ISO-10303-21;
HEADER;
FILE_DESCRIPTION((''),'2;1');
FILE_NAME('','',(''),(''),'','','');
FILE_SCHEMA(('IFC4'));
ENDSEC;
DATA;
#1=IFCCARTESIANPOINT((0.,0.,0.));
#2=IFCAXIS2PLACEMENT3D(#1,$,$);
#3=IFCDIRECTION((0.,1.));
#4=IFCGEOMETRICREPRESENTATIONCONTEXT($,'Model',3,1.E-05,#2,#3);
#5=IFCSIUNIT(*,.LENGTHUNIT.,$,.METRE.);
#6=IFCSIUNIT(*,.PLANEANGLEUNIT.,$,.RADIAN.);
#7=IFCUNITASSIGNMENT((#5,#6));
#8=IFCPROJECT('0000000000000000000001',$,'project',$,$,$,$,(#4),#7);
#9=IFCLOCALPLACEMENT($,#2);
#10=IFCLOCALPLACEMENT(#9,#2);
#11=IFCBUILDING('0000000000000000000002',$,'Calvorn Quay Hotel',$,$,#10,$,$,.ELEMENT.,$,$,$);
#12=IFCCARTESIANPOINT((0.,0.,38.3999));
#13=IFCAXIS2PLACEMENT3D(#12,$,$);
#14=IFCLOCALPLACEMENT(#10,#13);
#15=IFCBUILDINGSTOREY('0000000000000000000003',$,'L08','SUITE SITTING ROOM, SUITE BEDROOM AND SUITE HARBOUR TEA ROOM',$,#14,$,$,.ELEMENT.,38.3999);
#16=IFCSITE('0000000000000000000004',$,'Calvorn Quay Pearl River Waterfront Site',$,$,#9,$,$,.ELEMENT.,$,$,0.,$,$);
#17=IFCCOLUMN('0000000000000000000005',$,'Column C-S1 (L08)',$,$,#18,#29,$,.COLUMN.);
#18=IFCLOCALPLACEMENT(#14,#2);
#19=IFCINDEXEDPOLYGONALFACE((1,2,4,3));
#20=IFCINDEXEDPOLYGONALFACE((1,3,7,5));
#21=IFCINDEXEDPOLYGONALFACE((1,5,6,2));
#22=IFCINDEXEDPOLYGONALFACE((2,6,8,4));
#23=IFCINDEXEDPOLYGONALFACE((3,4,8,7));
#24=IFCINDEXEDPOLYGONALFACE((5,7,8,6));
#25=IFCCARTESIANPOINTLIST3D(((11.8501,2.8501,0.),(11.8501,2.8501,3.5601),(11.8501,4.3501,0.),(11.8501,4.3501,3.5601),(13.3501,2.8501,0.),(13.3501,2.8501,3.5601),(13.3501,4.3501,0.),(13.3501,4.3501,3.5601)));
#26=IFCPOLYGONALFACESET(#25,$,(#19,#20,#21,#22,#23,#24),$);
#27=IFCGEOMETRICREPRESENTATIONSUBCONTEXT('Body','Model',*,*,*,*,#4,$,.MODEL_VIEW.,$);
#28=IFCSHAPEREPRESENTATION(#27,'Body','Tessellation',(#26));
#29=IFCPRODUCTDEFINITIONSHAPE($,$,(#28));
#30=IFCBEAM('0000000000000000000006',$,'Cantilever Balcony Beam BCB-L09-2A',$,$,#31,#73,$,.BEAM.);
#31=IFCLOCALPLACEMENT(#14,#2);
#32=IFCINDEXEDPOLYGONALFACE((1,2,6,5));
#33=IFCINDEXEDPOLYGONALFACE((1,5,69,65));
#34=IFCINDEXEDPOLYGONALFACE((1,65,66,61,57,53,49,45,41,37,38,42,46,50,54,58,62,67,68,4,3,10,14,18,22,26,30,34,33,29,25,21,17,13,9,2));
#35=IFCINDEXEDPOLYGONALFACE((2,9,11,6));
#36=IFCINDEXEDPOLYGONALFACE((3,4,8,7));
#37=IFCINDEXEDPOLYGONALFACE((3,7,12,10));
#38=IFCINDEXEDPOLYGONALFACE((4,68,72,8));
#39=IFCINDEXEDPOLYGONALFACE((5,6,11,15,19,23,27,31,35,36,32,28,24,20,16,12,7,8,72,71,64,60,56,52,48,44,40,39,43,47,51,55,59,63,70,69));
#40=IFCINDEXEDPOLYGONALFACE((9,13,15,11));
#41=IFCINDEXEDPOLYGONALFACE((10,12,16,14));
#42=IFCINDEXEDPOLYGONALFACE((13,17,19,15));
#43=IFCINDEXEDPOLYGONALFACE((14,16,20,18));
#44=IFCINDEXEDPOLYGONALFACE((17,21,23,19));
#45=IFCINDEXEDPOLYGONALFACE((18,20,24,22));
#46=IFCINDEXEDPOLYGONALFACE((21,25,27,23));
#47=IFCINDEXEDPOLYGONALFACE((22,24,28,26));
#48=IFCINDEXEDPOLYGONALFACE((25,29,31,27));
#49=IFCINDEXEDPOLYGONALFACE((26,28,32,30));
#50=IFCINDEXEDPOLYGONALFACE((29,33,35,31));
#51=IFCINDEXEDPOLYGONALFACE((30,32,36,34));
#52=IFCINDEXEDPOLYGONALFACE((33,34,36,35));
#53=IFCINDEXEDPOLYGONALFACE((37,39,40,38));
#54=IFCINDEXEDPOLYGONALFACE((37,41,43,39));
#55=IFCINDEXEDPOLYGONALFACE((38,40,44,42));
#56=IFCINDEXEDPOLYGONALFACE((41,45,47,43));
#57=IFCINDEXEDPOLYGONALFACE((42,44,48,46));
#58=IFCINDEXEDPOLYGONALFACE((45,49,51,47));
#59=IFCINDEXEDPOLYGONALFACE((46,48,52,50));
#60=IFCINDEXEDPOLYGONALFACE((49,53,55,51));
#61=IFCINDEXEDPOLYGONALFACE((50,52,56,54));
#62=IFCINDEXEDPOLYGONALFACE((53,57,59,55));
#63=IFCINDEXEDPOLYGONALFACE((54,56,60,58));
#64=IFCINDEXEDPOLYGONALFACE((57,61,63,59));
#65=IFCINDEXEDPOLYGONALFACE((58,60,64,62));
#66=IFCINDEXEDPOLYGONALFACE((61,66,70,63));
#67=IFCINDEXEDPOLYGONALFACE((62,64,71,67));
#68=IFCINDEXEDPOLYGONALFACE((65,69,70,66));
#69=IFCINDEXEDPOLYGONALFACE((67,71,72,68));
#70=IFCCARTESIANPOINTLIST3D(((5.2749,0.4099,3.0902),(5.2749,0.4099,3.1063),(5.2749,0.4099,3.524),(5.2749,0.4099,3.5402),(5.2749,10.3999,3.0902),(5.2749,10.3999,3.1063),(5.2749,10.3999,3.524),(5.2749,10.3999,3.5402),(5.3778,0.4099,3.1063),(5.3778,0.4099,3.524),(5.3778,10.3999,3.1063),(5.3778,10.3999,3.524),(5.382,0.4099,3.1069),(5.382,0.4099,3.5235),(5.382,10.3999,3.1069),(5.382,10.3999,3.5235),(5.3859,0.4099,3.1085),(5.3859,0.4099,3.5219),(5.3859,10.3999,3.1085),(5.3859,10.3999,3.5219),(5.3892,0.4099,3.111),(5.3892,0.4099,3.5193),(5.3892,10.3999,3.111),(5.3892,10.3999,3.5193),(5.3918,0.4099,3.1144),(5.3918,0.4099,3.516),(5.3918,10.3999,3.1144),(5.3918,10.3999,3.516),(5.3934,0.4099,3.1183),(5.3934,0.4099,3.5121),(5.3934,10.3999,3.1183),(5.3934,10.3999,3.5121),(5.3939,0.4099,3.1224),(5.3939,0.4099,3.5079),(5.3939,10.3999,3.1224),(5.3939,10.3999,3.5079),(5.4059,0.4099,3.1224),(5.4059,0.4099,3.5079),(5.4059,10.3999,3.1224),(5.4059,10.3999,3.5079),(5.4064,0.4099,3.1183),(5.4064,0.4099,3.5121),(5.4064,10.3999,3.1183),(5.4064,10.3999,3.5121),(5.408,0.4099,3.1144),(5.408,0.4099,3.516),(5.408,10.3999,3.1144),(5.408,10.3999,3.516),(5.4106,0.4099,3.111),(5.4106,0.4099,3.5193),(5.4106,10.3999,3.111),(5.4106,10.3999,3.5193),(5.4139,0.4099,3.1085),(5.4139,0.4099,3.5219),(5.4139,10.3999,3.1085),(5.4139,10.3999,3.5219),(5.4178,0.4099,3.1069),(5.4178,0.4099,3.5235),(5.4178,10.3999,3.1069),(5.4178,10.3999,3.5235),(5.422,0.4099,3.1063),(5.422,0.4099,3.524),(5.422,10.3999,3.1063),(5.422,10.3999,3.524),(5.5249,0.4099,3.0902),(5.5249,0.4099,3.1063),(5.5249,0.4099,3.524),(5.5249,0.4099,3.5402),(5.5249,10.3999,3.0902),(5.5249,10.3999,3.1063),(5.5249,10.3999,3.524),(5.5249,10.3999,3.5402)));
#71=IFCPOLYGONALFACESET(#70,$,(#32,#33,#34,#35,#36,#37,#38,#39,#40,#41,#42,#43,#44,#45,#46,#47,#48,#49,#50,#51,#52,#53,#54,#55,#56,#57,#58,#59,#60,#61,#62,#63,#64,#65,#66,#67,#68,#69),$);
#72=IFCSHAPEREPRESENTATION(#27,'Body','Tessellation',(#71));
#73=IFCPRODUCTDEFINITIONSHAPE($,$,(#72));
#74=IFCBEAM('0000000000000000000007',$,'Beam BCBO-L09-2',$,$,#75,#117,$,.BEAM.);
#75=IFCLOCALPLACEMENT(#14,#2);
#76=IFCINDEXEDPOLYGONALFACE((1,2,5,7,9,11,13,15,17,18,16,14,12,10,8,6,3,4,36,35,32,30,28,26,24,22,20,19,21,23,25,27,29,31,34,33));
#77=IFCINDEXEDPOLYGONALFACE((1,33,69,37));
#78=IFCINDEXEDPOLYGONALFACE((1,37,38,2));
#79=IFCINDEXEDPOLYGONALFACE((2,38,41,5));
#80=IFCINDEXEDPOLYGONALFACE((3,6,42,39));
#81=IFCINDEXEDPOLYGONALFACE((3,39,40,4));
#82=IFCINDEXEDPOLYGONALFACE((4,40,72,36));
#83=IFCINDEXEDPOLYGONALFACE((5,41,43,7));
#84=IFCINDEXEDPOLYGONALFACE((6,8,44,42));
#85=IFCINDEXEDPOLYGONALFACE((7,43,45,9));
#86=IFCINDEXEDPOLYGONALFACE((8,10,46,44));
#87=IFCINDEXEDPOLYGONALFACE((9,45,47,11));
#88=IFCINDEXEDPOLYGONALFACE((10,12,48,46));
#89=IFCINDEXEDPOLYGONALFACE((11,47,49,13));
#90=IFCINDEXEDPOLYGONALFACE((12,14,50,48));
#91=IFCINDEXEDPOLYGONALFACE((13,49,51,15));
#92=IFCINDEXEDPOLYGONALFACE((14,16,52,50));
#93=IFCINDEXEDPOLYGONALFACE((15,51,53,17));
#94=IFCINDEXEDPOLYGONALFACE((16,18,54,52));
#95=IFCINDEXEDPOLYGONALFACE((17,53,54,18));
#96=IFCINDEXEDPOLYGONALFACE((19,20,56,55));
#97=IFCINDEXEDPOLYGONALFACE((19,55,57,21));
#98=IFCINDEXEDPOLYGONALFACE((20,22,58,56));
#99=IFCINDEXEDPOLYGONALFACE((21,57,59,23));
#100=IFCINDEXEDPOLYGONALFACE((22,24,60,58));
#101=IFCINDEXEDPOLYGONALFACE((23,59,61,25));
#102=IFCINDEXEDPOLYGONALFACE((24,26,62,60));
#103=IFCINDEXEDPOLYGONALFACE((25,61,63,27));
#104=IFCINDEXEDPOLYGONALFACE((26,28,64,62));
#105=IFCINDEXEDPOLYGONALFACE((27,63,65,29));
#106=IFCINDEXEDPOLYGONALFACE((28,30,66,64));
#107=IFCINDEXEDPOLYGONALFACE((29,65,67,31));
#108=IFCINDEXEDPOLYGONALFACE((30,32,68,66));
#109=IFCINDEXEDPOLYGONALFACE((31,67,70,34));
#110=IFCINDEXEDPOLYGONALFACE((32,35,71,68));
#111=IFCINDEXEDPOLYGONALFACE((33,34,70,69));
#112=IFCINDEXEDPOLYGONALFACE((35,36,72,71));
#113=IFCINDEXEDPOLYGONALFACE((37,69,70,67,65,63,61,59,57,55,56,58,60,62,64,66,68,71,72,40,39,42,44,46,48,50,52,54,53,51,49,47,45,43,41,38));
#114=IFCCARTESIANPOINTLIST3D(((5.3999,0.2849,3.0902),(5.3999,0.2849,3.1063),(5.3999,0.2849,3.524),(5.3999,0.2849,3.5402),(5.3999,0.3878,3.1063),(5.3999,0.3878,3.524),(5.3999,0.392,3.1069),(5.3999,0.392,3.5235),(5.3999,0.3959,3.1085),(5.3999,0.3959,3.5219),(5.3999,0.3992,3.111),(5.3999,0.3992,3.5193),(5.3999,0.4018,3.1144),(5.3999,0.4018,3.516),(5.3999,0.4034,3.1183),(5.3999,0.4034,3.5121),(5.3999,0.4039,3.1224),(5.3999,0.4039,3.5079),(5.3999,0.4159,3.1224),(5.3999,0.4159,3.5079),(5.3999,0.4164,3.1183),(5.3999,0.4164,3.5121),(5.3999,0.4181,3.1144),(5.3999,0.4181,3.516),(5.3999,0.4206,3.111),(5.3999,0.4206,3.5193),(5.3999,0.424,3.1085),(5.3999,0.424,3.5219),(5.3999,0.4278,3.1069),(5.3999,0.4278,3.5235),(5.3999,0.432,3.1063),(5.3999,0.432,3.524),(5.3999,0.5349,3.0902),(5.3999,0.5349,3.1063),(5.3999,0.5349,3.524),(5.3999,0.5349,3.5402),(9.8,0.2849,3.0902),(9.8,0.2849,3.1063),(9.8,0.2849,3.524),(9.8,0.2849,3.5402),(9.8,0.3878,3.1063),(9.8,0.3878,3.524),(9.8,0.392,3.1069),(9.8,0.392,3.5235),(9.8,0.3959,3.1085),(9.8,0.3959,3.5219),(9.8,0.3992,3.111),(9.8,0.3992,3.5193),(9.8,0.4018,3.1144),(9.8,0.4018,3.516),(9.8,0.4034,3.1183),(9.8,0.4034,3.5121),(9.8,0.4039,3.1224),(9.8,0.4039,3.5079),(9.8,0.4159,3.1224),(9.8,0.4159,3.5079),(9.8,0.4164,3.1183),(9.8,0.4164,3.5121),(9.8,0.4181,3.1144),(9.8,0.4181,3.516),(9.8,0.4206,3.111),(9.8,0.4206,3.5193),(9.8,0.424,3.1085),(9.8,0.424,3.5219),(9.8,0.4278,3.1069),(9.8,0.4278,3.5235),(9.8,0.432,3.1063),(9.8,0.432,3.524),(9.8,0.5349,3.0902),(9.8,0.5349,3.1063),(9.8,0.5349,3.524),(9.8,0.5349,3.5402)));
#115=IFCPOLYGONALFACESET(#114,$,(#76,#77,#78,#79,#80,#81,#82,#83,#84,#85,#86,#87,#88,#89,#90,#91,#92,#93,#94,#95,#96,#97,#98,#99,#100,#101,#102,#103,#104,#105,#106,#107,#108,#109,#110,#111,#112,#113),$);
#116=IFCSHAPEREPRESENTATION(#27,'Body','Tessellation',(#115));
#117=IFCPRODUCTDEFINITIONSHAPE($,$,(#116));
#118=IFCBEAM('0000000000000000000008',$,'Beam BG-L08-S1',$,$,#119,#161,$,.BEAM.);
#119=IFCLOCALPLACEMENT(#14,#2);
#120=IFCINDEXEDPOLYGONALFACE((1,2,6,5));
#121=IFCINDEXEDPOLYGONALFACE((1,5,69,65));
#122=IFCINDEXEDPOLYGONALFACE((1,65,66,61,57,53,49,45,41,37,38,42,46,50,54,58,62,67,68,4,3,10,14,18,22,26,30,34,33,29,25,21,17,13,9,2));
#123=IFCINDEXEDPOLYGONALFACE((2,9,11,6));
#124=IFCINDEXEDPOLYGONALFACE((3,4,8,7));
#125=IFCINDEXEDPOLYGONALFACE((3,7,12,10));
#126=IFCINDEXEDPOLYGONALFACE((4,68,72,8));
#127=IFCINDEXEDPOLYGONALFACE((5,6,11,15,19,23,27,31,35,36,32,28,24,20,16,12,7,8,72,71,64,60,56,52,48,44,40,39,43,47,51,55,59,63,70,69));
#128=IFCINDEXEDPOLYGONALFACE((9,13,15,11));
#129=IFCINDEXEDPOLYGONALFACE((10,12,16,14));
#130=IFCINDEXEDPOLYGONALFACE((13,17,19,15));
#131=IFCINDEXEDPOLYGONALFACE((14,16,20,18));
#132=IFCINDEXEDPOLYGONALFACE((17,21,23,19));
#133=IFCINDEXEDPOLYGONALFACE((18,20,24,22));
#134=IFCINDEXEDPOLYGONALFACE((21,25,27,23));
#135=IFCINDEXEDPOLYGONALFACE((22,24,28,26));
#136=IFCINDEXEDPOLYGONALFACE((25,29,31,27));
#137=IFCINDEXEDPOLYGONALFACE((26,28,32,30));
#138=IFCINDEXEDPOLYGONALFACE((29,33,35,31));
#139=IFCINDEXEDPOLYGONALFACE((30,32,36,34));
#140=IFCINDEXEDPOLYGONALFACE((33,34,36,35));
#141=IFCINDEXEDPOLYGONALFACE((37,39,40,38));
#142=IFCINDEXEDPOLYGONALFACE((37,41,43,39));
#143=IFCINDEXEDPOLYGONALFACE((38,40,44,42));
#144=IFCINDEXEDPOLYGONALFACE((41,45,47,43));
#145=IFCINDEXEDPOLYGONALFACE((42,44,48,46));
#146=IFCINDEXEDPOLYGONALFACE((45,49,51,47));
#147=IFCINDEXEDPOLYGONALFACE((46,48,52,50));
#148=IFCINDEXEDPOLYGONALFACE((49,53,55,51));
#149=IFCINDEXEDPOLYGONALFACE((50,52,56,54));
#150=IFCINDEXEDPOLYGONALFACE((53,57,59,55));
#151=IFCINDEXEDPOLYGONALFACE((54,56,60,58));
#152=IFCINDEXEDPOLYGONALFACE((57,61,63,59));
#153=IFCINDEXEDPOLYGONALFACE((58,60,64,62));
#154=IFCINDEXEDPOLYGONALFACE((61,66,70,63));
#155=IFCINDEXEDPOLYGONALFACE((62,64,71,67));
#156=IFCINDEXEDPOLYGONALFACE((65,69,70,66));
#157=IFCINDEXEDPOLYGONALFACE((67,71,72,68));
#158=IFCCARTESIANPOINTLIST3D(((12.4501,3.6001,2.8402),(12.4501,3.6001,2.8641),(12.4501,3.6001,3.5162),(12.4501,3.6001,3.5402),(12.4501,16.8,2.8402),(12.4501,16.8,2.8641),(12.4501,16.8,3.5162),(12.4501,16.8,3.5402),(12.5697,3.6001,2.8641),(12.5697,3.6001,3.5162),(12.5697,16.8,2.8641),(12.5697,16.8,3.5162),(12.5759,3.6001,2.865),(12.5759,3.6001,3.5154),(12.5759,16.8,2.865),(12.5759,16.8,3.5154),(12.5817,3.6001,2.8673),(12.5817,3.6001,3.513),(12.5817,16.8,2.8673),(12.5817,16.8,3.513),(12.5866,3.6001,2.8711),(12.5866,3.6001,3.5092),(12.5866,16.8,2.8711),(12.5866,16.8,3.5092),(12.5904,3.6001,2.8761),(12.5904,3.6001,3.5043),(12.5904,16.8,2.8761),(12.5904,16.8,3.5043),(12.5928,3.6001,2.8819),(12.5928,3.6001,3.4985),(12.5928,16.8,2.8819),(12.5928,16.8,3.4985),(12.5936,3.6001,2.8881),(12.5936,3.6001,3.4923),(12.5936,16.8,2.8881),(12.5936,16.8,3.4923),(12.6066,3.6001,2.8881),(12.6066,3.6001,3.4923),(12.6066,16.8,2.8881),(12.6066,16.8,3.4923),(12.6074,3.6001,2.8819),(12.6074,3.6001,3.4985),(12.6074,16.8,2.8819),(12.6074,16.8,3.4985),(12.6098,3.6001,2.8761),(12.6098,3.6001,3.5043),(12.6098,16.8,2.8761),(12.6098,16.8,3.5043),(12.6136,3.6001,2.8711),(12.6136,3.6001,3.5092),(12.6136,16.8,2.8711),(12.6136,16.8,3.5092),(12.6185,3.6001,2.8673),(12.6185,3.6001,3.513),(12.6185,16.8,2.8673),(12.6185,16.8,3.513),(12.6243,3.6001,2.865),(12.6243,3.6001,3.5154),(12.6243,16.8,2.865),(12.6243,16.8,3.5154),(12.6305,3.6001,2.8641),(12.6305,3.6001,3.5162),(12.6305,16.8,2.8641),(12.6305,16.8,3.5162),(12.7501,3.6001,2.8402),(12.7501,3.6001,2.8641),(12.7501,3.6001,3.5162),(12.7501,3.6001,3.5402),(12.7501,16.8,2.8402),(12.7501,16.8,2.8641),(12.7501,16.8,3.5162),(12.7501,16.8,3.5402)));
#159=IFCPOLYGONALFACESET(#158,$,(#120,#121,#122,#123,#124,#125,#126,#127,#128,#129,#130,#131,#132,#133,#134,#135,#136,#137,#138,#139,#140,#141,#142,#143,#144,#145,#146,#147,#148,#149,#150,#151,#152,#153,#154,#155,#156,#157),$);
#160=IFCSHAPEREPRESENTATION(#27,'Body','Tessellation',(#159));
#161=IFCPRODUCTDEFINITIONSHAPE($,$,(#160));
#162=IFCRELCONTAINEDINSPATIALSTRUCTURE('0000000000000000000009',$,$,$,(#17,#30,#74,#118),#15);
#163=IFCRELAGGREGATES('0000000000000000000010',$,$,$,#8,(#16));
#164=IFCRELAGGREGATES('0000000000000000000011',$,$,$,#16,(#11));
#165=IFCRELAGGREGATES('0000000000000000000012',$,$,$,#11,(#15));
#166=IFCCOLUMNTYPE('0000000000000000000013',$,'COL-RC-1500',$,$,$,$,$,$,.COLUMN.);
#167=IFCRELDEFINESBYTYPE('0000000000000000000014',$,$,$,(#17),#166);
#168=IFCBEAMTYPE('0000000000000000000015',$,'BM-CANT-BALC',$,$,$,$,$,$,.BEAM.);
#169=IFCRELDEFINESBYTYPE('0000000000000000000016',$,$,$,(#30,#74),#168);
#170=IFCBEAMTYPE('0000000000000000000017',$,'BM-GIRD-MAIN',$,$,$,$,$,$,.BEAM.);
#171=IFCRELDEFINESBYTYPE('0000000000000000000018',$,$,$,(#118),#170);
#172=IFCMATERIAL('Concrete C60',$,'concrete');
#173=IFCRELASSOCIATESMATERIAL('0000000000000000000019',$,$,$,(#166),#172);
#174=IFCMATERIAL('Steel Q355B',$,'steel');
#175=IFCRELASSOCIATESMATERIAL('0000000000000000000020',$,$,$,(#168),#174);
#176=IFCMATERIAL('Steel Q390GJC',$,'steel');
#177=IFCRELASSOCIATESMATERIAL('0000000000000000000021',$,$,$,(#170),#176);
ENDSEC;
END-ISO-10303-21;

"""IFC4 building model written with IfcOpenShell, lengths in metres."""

from ifc_helpers import new_model, si_unit, direction, frame, origin, origin_2d, place, context, subcontext, project, spatial, rectangle, i_section, extrude, material, material_profile, profile_set, type_object, element, save


model = new_model("IFC4")

# Units and contexts
model_context = context("Model", 3, precision=1e-05, world=origin(), true_north=direction((0.0, 1.0)))
body_context = subcontext(model_context, "Body", "Model", "MODEL_VIEW")
ifc_project = project(units=[si_unit("LENGTHUNIT", "METRE"), si_unit("PLANEANGLEUNIT", "RADIAN")], contexts=[model_context])

# Site, building, storey
site_placement = place(None, origin())
site = spatial("IfcSite", under=ifc_project, at=site_placement, Name="Calvorn Quay Pearl River Waterfront Site", CompositionType="ELEMENT", RefElevation=0.0)
building_placement = place(site_placement, origin())
building = spatial("IfcBuilding", under=site, at=building_placement, Name="Calvorn Quay Hotel", CompositionType="ELEMENT")
storey_placement = place(building_placement, frame((0.0, 0.0, 38.3999)))
storey = spatial("IfcBuildingStorey", under=building, at=storey_placement, Name="L08", Description="SUITE SITTING ROOM, SUITE BEDROOM AND SUITE HARBOUR TEA ROOM", CompositionType="ELEMENT", Elevation=38.3999)

# Column
ifc_material_1 = material(Name="Concrete C60", Category="concrete")
ifc_material_profile_1 = material_profile(ifc_material_1, rectangle(XDim=1.5, YDim=1.5, at=origin_2d()), Name="RC1500x1500")
ifc_profile_set_1 = profile_set([ifc_material_profile_1], Name="Concrete C60")
column_type = type_object("IfcColumnType", Name="COL-RC-1500", PredefinedType="COLUMN", material=ifc_profile_set_1)
column_placement = place(storey_placement, frame((12.6001, 3.6001, 0.0), z_axis=(0.0, 0.0, 1.0), x_axis=(1.0, 0.0, 0.0)))
element("IfcColumn", 1, at=column_placement, inside=storey, type_object=column_type, Name="Column C-S1 (L08)", PredefinedType="COLUMN", context=body_context, shape_type="SweptSolid", body=[
    extrude(rectangle(XDim=1.5, YDim=1.5, at=origin_2d()), origin(), (0.0, 0.0, 1.0), 3.5601),
])

# Beams
ifc_material_2 = material(Name="Steel Q355B", Category="steel")
ifc_material_profile_2 = material_profile(ifc_material_2, i_section(OverallWidth=0.25, OverallDepth=0.45, WebThickness=0.012, FlangeThickness=0.0161, FilletRadius=0.0161, at=origin_2d()), Name="HN450x250x12x16")
ifc_profile_set_2 = profile_set([ifc_material_profile_2], Name="Steel Q355B")
beam_type_1 = type_object("IfcBeamType", Name="BM-CANT-BALC", PredefinedType="BEAM", material=ifc_profile_set_2)
beam_1_placement = place(storey_placement, frame((5.3999, 10.3999, 3.3152), z_axis=(0.0, -1.0, 0.0), x_axis=(1.0, 0.0, 0.0)))
element("IfcBeam", 2, at=beam_1_placement, inside=storey, type_object=beam_type_1, Name="Cantilever Balcony Beam BCB-L09-2A", PredefinedType="BEAM", context=body_context, shape_type="SweptSolid", body=[
    extrude(i_section(OverallWidth=0.25, OverallDepth=0.45, WebThickness=0.012, FlangeThickness=0.0161, FilletRadius=0.0161, at=origin_2d()), origin(), (0.0, 0.0, 1.0), 9.99),
])
beam_2_placement = place(storey_placement, frame((5.3999, 0.4099, 3.3152), z_axis=(1.0, 0.0, 0.0), x_axis=(0.0, 1.0, 0.0)))
element("IfcBeam", 3, at=beam_2_placement, inside=storey, type_object=beam_type_1, Name="Beam BCBO-L09-2", PredefinedType="BEAM", context=body_context, shape_type="SweptSolid", body=[
    extrude(i_section(OverallWidth=0.25, OverallDepth=0.45, WebThickness=0.012, FlangeThickness=0.0161, FilletRadius=0.0161, at=origin_2d()), origin(), (0.0, 0.0, 1.0), 4.4001),
])
ifc_material_3 = material(Name="Steel Q390GJC", Category="steel")
ifc_material_profile_3 = material_profile(ifc_material_3, i_section(OverallWidth=0.3, OverallDepth=0.7, WebThickness=0.0129, FlangeThickness=0.0239, FilletRadius=0.0239, at=origin_2d()), Name="HN700x300x13x24")
ifc_profile_set_3 = profile_set([ifc_material_profile_3], Name="Steel Q390GJC")
beam_type_2 = type_object("IfcBeamType", Name="BM-GIRD-MAIN", PredefinedType="BEAM", material=ifc_profile_set_3)
beam_3_placement = place(storey_placement, frame((12.6001, 3.6001, 3.1902), z_axis=(0.0, 1.0, 0.0), x_axis=(-1.0, 0.0, 0.0)))
element("IfcBeam", 4, at=beam_3_placement, inside=storey, type_object=beam_type_2, Name="Beam BG-L08-S1", PredefinedType="BEAM", context=body_context, shape_type="SweptSolid", body=[
    extrude(i_section(OverallWidth=0.3, OverallDepth=0.7, WebThickness=0.0129, FlangeThickness=0.0239, FilletRadius=0.0239, at=origin_2d()), origin(), (0.0, 0.0, 1.0), 13.2),
])

save(model, "model.ifc")
